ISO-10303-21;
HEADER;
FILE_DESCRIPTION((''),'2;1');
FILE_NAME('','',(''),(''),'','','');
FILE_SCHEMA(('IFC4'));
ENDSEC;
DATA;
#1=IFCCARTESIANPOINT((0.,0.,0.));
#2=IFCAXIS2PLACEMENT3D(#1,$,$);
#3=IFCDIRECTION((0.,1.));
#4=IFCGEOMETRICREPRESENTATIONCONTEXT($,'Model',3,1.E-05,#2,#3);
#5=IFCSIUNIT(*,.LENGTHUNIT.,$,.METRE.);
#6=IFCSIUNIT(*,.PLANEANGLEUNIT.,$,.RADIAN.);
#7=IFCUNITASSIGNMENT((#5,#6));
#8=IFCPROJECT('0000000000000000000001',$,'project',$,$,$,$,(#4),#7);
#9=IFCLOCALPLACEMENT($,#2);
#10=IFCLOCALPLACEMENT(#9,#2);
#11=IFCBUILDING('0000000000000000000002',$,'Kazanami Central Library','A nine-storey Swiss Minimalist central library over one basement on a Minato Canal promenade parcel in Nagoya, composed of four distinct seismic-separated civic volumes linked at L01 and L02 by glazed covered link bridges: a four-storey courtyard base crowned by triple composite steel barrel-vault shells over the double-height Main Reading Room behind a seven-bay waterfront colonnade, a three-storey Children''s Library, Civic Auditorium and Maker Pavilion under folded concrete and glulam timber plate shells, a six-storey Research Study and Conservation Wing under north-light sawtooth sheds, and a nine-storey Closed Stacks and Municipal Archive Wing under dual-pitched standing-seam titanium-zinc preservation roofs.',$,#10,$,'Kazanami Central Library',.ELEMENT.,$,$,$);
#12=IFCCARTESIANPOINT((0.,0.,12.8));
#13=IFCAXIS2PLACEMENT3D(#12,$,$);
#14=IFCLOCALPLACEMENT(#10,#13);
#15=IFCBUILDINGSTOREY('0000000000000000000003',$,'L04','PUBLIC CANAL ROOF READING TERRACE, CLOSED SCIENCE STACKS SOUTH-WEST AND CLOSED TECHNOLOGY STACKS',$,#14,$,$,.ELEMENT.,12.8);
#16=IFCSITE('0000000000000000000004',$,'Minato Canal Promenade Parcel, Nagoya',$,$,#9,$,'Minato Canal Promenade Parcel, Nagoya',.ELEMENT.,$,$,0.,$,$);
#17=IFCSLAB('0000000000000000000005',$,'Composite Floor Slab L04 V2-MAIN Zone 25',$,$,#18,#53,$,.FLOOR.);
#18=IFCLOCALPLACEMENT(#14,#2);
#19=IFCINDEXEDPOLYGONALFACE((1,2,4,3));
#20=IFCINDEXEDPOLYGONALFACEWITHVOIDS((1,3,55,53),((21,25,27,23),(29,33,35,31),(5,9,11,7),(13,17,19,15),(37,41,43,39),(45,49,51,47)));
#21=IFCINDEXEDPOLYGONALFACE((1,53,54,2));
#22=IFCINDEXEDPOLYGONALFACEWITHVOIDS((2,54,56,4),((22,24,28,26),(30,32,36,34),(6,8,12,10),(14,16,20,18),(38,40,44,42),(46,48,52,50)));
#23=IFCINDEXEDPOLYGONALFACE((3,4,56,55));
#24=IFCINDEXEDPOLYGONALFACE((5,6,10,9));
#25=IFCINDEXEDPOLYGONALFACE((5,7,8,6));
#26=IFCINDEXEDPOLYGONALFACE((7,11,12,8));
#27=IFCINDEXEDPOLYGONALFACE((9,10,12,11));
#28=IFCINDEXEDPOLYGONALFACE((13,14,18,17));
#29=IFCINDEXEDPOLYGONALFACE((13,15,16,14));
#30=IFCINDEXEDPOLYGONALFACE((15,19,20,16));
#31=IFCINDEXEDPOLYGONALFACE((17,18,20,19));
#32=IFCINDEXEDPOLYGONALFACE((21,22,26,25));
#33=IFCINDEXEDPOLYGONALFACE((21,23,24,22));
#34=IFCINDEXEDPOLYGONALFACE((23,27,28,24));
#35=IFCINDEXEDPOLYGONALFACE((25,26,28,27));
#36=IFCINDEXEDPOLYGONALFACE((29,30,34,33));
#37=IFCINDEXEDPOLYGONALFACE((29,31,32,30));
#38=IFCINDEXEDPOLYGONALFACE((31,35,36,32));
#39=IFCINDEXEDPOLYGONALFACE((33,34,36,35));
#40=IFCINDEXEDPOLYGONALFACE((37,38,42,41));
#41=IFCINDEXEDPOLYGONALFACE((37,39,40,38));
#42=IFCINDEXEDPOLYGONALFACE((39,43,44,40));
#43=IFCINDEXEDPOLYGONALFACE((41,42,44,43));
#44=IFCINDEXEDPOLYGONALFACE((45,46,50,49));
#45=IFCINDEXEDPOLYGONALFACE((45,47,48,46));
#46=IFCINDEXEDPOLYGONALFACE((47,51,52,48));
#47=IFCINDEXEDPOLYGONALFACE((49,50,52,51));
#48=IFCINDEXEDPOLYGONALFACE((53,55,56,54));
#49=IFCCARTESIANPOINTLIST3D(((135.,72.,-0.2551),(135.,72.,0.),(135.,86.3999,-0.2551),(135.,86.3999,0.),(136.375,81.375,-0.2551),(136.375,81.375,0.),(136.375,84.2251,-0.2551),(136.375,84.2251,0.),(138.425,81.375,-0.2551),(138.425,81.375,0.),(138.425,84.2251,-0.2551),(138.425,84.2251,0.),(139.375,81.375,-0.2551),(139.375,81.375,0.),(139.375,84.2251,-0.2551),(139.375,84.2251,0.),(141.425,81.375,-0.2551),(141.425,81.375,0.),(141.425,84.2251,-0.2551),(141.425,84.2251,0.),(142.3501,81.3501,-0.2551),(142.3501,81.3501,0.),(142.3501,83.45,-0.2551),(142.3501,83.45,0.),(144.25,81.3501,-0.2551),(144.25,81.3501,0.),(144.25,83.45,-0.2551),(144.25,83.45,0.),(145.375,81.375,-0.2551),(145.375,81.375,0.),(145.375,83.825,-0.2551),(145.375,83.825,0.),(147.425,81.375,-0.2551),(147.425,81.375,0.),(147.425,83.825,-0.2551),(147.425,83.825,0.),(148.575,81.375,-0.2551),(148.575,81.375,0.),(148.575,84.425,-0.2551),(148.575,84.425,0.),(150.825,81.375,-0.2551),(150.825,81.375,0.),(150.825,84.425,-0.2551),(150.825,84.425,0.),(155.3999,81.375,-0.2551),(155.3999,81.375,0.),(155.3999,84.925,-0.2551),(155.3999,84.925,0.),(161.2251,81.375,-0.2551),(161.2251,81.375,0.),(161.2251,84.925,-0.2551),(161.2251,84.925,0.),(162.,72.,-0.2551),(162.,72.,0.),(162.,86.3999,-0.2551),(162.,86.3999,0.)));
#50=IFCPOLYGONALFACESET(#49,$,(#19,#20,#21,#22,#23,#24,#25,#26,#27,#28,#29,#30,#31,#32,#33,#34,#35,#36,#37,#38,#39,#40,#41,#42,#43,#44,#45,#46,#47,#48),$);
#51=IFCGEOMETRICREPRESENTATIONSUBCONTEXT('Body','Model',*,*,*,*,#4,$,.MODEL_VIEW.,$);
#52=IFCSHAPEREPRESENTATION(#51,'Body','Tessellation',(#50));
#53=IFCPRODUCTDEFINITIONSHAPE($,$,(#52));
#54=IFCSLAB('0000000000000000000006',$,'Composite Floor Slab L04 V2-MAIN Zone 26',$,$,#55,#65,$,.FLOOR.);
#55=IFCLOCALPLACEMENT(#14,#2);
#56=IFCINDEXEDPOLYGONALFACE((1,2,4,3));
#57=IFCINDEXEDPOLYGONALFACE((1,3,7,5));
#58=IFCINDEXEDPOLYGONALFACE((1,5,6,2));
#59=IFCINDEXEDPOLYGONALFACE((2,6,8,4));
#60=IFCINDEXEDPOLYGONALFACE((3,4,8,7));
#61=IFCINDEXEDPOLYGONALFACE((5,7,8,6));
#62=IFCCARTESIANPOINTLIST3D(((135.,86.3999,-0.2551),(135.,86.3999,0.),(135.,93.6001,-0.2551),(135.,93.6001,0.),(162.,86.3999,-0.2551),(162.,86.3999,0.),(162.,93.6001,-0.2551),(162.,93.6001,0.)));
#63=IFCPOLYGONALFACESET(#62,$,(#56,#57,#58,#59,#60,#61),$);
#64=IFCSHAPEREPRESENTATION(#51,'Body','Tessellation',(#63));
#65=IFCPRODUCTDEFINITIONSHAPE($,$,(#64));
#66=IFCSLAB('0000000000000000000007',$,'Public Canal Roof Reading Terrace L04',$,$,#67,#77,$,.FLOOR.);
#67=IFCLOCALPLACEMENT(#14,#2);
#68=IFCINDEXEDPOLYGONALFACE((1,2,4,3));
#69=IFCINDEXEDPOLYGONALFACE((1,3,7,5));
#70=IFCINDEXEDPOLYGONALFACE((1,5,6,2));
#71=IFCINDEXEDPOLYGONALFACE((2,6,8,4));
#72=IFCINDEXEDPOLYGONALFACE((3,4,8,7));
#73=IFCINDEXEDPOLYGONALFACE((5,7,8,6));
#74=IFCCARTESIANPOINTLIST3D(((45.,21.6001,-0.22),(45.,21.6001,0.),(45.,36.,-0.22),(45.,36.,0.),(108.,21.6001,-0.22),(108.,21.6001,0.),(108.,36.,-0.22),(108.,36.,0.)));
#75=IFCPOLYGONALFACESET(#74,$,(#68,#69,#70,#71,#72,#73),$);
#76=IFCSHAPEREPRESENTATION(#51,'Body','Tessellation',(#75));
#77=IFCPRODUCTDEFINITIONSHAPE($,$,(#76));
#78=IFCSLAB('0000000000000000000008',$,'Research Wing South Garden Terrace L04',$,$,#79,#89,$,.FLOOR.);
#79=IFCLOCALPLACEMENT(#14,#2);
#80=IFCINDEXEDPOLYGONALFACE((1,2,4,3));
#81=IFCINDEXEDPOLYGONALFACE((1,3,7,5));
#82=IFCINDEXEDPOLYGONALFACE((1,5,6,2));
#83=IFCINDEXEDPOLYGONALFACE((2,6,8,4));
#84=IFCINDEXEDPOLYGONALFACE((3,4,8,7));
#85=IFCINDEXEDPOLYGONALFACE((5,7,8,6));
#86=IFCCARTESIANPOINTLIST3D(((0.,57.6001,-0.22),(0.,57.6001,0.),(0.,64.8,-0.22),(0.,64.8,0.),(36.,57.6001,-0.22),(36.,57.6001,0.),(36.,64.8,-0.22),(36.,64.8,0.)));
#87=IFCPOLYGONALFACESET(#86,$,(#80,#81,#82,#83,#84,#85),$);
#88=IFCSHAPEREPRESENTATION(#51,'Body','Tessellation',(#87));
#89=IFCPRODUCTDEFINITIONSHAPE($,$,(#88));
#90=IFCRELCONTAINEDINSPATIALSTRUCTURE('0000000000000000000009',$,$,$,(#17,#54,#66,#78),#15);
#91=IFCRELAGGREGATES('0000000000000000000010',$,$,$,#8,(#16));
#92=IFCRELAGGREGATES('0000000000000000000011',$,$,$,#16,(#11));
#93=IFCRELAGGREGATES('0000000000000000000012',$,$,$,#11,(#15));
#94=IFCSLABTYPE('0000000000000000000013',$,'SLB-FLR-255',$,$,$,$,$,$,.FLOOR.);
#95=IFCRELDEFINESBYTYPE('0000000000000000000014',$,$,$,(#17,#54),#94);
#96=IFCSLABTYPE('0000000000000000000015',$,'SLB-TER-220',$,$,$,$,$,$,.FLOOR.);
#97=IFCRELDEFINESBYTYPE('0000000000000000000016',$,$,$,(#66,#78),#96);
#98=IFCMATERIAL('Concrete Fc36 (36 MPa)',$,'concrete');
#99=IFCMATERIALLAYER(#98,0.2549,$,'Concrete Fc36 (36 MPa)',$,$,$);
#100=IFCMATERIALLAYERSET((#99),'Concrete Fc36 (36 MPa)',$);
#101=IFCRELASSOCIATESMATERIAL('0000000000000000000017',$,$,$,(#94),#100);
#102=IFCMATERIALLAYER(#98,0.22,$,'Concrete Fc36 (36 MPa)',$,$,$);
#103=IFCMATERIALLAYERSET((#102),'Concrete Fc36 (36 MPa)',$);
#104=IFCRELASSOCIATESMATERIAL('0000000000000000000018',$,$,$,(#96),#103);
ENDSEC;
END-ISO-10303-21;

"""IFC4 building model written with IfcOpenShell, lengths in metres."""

from ifc_helpers import new_model, si_unit, direction, frame, origin, place, context, subcontext, project, spatial, polyline, outline, extrude, material, layer, layer_set, type_object, element, save


model = new_model("IFC4")

# Units and contexts
model_context = context("Model", 3, precision=1e-05, world=origin(), true_north=direction((0.0, 1.0)))
body_context = subcontext(model_context, "Body", "Model", "MODEL_VIEW")
ifc_project = project(units=[si_unit("LENGTHUNIT", "METRE"), si_unit("PLANEANGLEUNIT", "RADIAN")], contexts=[model_context])

# Site, building, storey
site_placement = place(None, origin())
site = spatial("IfcSite", under=ifc_project, at=site_placement, Name="Minato Canal Promenade Parcel, Nagoya", LongName="Minato Canal Promenade Parcel, Nagoya", CompositionType="ELEMENT", RefElevation=0.0)
building_placement = place(site_placement, origin())
building = spatial("IfcBuilding", under=site, at=building_placement, Name="Kazanami Central Library", Description="A nine-storey Swiss Minimalist central library over one basement on a Minato Canal promenade parcel in Nagoya, composed of four distinct seismic-separated civic volumes linked at L01 and L02 by glazed covered link bridges: a four-storey courtyard base crowned by triple composite steel barrel-vault shells over the double-height Main Reading Room behind a seven-bay waterfront colonnade, a three-storey Children's Library, Civic Auditorium and Maker Pavilion under folded concrete and glulam timber plate shells, a six-storey Research Study and Conservation Wing under north-light sawtooth sheds, and a nine-storey Closed Stacks and Municipal Archive Wing under dual-pitched standing-seam titanium-zinc preservation roofs.", LongName="Kazanami Central Library", CompositionType="ELEMENT")
storey_placement = place(building_placement, frame((0.0, 0.0, 12.8)))
storey = spatial("IfcBuildingStorey", under=building, at=storey_placement, Name="L04", Description="PUBLIC CANAL ROOF READING TERRACE, CLOSED SCIENCE STACKS SOUTH-WEST AND CLOSED TECHNOLOGY STACKS", CompositionType="ELEMENT", Elevation=12.8)

# Slabs
ifc_material = material(Name="Concrete Fc36 (36 MPa)", Category="concrete")
ifc_layer_1 = layer(ifc_material, 0.2549, Name="Concrete Fc36 (36 MPa)")
ifc_layer_set_1 = layer_set([ifc_layer_1], Name="Concrete Fc36 (36 MPa)")
slab_type_1 = type_object("IfcSlabType", Name="SLB-FLR-255", PredefinedType="FLOOR", material=ifc_layer_set_1)
slab_1_placement = place(storey_placement, frame((0.0, 0.0, -0.2551)))
element("IfcSlab", 1, at=slab_1_placement, inside=storey, type_object=slab_type_1, Name="Composite Floor Slab L04 V2-MAIN Zone 25", PredefinedType="FLOOR", context=body_context, shape_type="SweptSolid", body=[
    extrude(outline(polyline([(135.0, 72.0), (162.0, 72.0), (162.0, 86.3999), (135.0, 86.3999), (135.0, 72.0)]), holes=[polyline([(155.3999, 81.375), (161.2251, 81.375), (161.2251, 84.925), (155.3999, 84.925), (155.3999, 81.375)]), polyline([(136.375, 81.375), (138.425, 81.375), (138.425, 84.2251), (136.375, 84.2251), (136.375, 81.375)]), polyline([(139.375, 81.375), (141.425, 81.375), (141.425, 84.2251), (139.375, 84.2251), (139.375, 81.375)]), polyline([(145.375, 81.375), (147.425, 81.375), (147.425, 83.825), (145.375, 83.825), (145.375, 81.375)]), polyline([(148.575, 81.375), (150.825, 81.375), (150.825, 84.425), (148.575, 84.425), (148.575, 81.375)]), polyline([(142.3501, 81.3501), (144.25, 81.3501), (144.25, 83.45), (142.3501, 83.45), (142.3501, 81.3501)])]), origin(), (0.0, 0.0, 1.0), 0.2551),
])
slab_2_placement = place(storey_placement, frame((0.0, 0.0, -0.2551)))
element("IfcSlab", 2, at=slab_2_placement, inside=storey, type_object=slab_type_1, Name="Composite Floor Slab L04 V2-MAIN Zone 26", PredefinedType="FLOOR", context=body_context, shape_type="SweptSolid", body=[
    extrude(outline(polyline([(135.0, 86.3999), (162.0, 86.3999), (162.0, 93.6001), (135.0, 93.6001), (135.0, 86.3999)])), origin(), (0.0, 0.0, 1.0), 0.2551),
])
ifc_layer_2 = layer(ifc_material, 0.22, Name="Concrete Fc36 (36 MPa)")
ifc_layer_set_2 = layer_set([ifc_layer_2], Name="Concrete Fc36 (36 MPa)")
slab_type_2 = type_object("IfcSlabType", Name="SLB-TER-220", PredefinedType="FLOOR", material=ifc_layer_set_2)
slab_3_placement = place(storey_placement, frame((0.0, 0.0, -0.22)))
element("IfcSlab", 3, at=slab_3_placement, inside=storey, type_object=slab_type_2, Name="Public Canal Roof Reading Terrace L04", PredefinedType="FLOOR", context=body_context, shape_type="SweptSolid", body=[
    extrude(outline(polyline([(45.0, 21.6001), (108.0, 21.6001), (108.0, 36.0), (45.0, 36.0), (45.0, 21.6001)])), origin(), (0.0, 0.0, 1.0), 0.22),
])
slab_4_placement = place(storey_placement, frame((0.0, 0.0, -0.22)))
element("IfcSlab", 4, at=slab_4_placement, inside=storey, type_object=slab_type_2, Name="Research Wing South Garden Terrace L04", PredefinedType="FLOOR", context=body_context, shape_type="SweptSolid", body=[
    extrude(outline(polyline([(0.0, 57.6001), (36.0, 57.6001), (36.0, 64.8), (0.0, 64.8), (0.0, 57.6001)])), origin(), (0.0, 0.0, 1.0), 0.22),
])

save(model, "model.ifc")
